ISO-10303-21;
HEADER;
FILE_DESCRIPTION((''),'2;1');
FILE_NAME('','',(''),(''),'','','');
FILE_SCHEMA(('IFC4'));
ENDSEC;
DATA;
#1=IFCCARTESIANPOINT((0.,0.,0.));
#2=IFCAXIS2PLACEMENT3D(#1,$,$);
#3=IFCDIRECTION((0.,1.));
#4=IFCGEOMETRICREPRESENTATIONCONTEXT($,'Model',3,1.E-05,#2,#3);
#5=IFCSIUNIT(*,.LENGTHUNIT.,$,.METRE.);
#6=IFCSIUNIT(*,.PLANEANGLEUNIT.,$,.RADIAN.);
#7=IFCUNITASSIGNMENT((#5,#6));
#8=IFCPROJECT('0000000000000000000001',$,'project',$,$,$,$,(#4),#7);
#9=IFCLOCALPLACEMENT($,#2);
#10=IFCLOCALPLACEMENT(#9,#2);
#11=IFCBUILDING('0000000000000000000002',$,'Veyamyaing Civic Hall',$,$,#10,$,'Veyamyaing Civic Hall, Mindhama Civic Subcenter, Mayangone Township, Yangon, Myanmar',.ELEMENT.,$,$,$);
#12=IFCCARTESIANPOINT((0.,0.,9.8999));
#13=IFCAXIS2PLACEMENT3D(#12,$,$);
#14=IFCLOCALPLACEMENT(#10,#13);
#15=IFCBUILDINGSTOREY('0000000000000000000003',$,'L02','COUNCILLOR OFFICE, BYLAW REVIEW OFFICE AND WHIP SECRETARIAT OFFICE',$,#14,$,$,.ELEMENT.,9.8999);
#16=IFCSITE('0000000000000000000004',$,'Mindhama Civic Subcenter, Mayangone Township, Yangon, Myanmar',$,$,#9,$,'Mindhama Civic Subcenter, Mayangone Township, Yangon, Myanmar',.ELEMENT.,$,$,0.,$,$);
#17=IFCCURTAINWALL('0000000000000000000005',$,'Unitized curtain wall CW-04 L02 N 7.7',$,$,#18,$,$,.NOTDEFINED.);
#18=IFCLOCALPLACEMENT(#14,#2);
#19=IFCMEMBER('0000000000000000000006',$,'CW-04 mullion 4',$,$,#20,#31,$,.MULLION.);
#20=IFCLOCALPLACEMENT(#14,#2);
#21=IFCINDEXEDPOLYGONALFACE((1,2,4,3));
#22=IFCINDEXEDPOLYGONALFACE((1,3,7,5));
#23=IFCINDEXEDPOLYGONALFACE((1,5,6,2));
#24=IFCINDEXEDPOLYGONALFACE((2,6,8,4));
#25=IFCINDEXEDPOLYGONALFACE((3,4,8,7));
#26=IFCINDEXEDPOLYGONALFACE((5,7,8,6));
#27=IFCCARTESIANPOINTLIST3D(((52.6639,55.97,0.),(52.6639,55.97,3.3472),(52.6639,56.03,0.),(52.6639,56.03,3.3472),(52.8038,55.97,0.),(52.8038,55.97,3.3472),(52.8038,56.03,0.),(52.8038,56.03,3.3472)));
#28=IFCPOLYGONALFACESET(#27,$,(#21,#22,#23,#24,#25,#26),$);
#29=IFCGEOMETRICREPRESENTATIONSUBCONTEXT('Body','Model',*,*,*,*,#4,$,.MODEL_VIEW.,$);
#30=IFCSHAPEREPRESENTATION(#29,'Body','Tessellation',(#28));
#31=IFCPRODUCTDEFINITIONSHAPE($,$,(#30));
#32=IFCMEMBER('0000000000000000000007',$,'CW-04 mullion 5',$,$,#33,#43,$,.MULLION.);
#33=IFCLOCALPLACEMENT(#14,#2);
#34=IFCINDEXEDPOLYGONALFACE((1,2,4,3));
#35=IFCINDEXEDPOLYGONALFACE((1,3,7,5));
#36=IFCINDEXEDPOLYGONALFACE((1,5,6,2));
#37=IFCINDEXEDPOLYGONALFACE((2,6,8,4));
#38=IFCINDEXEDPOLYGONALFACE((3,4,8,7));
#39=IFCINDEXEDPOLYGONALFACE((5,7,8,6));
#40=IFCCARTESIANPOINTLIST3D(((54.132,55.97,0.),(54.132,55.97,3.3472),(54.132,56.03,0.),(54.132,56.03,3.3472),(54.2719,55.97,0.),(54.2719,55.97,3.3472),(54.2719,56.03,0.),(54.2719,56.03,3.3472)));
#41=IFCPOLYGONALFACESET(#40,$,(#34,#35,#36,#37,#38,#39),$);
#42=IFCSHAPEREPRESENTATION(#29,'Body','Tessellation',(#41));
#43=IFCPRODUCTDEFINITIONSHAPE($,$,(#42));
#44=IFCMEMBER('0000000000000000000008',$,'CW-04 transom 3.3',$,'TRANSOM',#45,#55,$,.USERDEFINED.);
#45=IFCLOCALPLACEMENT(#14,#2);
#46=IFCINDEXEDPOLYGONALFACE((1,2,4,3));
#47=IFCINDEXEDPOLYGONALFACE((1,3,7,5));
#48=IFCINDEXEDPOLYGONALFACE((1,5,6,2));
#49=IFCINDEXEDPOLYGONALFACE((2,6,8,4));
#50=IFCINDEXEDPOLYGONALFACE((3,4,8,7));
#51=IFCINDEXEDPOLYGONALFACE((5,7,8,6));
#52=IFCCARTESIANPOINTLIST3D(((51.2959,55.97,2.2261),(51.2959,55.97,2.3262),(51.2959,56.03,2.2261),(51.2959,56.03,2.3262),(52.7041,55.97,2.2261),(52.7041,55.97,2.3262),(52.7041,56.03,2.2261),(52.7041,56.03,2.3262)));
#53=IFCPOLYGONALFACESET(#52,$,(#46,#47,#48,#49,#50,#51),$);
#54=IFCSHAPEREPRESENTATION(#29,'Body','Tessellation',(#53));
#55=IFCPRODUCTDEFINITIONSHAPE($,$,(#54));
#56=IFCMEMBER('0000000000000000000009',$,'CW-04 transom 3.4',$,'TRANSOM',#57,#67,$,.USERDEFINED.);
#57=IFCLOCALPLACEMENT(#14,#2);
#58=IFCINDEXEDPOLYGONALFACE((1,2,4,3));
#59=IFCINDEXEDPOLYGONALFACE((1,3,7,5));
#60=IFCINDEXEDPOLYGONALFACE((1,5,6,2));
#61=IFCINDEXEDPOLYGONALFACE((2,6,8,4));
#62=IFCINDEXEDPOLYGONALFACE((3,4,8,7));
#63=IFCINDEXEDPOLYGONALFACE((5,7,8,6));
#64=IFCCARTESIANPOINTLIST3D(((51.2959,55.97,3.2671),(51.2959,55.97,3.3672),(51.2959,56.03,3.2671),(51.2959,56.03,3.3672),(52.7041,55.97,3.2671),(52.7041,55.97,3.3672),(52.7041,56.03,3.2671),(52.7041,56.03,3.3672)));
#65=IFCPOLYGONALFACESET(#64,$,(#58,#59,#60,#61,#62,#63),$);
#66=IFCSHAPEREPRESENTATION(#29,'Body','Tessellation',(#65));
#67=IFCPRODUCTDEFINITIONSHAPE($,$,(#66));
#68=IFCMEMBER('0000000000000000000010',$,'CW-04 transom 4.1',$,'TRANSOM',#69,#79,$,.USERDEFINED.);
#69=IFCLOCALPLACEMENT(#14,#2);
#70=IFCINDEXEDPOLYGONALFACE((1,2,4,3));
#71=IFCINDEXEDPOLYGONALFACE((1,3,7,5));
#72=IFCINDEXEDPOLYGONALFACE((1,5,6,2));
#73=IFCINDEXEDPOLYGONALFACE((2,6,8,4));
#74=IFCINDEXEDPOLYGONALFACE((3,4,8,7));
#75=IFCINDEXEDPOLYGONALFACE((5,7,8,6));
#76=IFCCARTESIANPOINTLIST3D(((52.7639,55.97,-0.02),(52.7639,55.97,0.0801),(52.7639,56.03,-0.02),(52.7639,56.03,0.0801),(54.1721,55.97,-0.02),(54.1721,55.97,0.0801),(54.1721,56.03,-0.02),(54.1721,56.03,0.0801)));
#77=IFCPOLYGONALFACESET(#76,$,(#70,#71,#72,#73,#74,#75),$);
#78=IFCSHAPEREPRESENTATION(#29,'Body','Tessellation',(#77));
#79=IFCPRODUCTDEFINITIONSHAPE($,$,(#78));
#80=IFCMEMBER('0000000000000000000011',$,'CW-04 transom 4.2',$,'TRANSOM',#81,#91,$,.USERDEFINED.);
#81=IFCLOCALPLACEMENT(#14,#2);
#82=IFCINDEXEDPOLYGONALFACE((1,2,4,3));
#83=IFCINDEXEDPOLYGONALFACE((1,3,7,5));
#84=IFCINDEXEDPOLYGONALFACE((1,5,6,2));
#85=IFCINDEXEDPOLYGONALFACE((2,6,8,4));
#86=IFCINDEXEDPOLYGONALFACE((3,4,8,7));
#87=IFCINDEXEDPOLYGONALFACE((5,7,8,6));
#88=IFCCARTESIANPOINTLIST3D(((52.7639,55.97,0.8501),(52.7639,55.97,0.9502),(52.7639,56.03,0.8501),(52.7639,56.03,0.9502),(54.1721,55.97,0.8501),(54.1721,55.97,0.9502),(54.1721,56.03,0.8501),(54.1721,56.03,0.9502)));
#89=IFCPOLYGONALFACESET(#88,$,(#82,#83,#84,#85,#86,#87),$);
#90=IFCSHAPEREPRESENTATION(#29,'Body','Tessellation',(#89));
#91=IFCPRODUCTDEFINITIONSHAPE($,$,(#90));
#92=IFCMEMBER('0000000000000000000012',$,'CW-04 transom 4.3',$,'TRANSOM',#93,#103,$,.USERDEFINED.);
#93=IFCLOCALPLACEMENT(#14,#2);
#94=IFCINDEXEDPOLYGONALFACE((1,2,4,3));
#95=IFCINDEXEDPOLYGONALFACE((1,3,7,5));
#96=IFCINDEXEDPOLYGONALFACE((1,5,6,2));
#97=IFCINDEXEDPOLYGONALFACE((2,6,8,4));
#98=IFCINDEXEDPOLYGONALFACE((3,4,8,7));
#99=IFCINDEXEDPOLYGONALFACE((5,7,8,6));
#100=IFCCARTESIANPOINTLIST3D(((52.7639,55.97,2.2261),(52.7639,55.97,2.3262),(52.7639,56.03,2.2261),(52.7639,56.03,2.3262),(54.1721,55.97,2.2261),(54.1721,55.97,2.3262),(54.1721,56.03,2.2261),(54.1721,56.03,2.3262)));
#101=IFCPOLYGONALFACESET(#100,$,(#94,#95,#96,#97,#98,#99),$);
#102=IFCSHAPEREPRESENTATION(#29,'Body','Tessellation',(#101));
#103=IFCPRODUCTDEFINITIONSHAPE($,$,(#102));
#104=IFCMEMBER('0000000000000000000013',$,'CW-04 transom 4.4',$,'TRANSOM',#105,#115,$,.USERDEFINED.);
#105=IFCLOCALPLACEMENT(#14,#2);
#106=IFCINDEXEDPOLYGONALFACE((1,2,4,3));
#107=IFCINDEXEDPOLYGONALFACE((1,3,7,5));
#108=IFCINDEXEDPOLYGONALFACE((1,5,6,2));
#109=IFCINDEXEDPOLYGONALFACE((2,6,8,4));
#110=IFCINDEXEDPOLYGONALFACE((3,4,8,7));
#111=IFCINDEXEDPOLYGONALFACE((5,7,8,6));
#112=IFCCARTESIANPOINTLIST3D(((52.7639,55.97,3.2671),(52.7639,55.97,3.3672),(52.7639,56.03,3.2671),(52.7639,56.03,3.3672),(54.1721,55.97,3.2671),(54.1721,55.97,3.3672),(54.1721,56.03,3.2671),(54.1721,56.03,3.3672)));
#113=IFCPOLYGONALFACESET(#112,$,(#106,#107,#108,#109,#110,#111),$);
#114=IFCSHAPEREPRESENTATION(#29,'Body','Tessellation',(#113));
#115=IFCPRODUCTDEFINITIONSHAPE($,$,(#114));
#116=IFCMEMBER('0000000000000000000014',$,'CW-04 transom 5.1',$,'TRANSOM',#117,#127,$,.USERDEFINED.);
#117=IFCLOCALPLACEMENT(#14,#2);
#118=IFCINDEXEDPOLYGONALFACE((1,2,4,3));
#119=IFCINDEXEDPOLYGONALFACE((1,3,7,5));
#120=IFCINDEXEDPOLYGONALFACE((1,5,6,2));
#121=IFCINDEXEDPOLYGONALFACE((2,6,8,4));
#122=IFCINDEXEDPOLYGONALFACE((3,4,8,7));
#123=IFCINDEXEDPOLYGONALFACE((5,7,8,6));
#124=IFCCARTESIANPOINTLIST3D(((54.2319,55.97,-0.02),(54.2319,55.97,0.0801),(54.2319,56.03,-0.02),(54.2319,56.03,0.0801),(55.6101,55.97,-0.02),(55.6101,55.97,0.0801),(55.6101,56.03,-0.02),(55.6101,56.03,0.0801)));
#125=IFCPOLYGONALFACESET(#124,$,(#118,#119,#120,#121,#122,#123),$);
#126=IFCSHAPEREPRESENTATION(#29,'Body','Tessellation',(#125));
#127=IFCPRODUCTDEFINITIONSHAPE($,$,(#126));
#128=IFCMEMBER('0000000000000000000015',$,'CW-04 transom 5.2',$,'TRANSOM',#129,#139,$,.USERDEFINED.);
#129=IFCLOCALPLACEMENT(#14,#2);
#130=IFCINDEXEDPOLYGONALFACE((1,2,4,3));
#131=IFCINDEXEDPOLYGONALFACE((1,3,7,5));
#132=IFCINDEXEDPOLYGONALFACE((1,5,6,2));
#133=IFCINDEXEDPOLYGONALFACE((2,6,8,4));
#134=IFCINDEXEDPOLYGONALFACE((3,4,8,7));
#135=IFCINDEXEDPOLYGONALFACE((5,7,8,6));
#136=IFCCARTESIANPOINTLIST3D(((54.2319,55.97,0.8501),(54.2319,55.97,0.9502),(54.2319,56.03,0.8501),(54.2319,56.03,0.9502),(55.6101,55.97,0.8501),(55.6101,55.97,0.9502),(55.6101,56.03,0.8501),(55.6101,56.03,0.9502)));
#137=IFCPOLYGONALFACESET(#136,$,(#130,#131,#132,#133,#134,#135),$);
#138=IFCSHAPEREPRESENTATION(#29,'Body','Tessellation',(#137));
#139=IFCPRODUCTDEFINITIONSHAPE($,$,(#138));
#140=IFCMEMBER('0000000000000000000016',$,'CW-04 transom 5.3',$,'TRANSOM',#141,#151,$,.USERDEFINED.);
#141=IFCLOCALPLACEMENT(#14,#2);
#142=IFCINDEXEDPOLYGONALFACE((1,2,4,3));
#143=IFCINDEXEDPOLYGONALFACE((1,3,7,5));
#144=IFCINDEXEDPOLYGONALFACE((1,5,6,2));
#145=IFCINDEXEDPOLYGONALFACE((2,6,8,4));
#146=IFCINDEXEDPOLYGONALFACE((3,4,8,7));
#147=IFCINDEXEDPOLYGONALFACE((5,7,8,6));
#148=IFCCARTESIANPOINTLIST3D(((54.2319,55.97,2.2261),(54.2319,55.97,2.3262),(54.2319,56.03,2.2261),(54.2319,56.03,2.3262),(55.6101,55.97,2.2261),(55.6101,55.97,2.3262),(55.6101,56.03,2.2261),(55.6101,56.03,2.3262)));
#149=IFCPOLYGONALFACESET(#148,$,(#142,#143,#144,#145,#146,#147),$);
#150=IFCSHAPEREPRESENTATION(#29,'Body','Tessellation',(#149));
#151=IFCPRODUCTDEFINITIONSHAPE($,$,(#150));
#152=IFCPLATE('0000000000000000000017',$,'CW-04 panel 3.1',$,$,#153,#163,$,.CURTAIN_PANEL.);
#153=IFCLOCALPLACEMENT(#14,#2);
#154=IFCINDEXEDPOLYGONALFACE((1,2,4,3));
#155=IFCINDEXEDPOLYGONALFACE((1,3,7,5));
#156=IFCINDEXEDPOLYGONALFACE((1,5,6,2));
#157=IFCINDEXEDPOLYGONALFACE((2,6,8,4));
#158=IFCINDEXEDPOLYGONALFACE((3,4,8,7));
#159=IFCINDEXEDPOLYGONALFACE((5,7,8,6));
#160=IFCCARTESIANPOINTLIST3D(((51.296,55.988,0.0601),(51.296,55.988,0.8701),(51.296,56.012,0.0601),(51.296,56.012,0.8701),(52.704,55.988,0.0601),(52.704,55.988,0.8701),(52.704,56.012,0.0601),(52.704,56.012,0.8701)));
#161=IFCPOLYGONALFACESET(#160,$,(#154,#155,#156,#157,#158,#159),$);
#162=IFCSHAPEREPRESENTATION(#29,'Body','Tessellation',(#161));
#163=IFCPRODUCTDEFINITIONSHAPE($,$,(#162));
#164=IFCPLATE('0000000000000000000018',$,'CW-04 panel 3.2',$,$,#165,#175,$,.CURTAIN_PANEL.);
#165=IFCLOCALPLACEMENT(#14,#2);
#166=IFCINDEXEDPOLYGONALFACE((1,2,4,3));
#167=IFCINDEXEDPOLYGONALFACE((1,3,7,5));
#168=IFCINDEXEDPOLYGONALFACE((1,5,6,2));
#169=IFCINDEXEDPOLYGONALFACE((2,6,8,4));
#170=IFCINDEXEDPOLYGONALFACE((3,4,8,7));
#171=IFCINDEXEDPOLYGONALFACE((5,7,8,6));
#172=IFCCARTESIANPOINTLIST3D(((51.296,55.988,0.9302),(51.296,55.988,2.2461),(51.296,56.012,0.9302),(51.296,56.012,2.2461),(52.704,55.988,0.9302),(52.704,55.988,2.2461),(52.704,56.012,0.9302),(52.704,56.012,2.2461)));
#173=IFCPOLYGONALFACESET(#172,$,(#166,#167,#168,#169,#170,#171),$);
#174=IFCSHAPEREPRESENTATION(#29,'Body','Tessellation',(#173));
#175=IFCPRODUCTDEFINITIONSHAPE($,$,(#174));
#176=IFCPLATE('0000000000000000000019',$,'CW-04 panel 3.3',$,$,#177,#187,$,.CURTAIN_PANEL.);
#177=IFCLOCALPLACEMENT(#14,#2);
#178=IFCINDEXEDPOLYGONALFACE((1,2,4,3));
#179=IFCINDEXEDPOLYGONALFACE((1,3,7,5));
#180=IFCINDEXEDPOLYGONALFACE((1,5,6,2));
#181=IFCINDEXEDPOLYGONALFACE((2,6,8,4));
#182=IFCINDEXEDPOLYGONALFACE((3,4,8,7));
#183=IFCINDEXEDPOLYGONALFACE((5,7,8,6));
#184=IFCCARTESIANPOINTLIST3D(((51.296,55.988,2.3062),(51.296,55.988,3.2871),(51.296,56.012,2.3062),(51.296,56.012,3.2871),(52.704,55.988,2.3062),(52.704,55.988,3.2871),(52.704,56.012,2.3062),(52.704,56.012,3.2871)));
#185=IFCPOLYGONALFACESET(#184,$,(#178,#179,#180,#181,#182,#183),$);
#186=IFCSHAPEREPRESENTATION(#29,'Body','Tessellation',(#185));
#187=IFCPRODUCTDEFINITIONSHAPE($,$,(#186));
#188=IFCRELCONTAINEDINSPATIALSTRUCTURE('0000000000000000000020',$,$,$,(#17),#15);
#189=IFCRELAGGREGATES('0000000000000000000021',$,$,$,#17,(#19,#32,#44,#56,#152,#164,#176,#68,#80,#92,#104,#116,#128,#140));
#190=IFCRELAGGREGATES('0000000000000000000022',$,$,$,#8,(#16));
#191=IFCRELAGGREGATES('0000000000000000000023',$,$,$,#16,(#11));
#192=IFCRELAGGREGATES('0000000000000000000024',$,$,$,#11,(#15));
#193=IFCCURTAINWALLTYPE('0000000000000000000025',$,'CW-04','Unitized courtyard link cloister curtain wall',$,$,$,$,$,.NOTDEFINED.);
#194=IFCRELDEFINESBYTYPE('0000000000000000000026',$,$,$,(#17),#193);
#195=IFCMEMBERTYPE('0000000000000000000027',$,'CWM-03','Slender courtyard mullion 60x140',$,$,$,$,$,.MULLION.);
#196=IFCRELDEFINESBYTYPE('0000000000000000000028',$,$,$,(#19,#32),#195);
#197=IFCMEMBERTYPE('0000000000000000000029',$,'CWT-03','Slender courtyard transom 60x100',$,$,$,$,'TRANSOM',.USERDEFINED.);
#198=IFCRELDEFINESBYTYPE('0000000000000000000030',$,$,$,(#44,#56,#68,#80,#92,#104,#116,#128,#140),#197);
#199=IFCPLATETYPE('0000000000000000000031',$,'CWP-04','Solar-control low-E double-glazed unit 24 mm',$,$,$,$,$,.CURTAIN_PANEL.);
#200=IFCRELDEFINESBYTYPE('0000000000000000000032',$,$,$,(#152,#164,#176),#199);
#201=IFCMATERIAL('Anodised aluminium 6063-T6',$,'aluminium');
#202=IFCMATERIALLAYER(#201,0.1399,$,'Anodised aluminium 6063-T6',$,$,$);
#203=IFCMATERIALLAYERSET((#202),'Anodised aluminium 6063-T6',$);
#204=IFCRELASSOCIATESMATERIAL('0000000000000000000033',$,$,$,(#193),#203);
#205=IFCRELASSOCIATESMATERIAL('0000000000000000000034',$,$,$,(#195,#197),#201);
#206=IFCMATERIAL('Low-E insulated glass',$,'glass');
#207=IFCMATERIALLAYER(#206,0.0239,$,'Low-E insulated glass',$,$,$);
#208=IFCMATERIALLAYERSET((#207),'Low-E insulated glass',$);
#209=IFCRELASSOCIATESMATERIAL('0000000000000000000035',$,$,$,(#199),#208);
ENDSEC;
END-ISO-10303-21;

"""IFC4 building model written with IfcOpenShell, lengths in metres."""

from ifc_helpers import new_model, si_unit, direction, frame, origin, origin_2d, place, context, subcontext, project, spatial, rectangle, extrude, material, layer, layer_set, material_profile, profile_set, type_object, element, aggregate, save


model = new_model("IFC4")

# Units and contexts
model_context = context("Model", 3, precision=1e-05, world=origin(), true_north=direction((0.0, 1.0)))
body_context = subcontext(model_context, "Body", "Model", "MODEL_VIEW")
ifc_project = project(units=[si_unit("LENGTHUNIT", "METRE"), si_unit("PLANEANGLEUNIT", "RADIAN")], contexts=[model_context])

# Site, building, storey
site_placement = place(None, origin())
site = spatial("IfcSite", under=ifc_project, at=site_placement, Name="Mindhama Civic Subcenter, Mayangone Township, Yangon, Myanmar", LongName="Mindhama Civic Subcenter, Mayangone Township, Yangon, Myanmar", CompositionType="ELEMENT", RefElevation=0.0)
building_placement = place(site_placement, origin())
building = spatial("IfcBuilding", under=site, at=building_placement, Name="Veyamyaing Civic Hall", LongName="Veyamyaing Civic Hall, Mindhama Civic Subcenter, Mayangone Township, Yangon, Myanmar", CompositionType="ELEMENT")
storey_placement = place(building_placement, frame((0.0, 0.0, 9.8999)))
storey = spatial("IfcBuildingStorey", under=building, at=storey_placement, Name="L02", Description="COUNCILLOR OFFICE, BYLAW REVIEW OFFICE AND WHIP SECRETARIAT OFFICE", CompositionType="ELEMENT", Elevation=9.8999)

# Curtain wall, members, plates
ifc_material_1 = material(Name="Anodised aluminium 6063-T6", Category="aluminium")
ifc_layer_1 = layer(ifc_material_1, 0.1399, Name="Anodised aluminium 6063-T6")
ifc_layer_set_1 = layer_set([ifc_layer_1], Name="Anodised aluminium 6063-T6")
curtain_wall_type = type_object("IfcCurtainWallType", Name="CW-04", Description="Unitized courtyard link cloister curtain wall", PredefinedType="NOTDEFINED", material=ifc_layer_set_1)
curtain_wall_placement = place(storey_placement, origin())
curtain_wall = element("IfcCurtainWall", 1, at=curtain_wall_placement, inside=storey, type_object=curtain_wall_type, Name="Unitized curtain wall CW-04 L02 N 7.7", PredefinedType="NOTDEFINED")
ifc_material_profile_1 = material_profile(ifc_material_1, rectangle(XDim=0.0601, YDim=0.1399, at=origin_2d()), Name="ALU-MUL-60X140")
ifc_profile_set_1 = profile_set([ifc_material_profile_1], Name="Anodised aluminium 6063-T6")
member_type_1 = type_object("IfcMemberType", Name="CWM-03", Description="Slender courtyard mullion 60x140", PredefinedType="MULLION", material=ifc_profile_set_1)
member_1_placement = place(storey_placement, frame((52.7339, 56.0, 0.0), z_axis=(0.0, 0.0, 1.0), x_axis=(0.0, 1.0, 0.0)))
member_1 = element("IfcMember", 2, at=member_1_placement, type_object=member_type_1, Name="CW-04 mullion 4", PredefinedType="MULLION", context=body_context, shape_type="SweptSolid", body=[
    extrude(rectangle(XDim=0.0601, YDim=0.1399, at=origin_2d()), origin(), (0.0, 0.0, 1.0), 3.3472),
])
member_2_placement = place(storey_placement, frame((54.2019, 56.0, 0.0), z_axis=(0.0, 0.0, 1.0), x_axis=(0.0, 1.0, 0.0)))
member_2 = element("IfcMember", 3, at=member_2_placement, type_object=member_type_1, Name="CW-04 mullion 5", PredefinedType="MULLION", context=body_context, shape_type="SweptSolid", body=[
    extrude(rectangle(XDim=0.0601, YDim=0.1399, at=origin_2d()), origin(), (0.0, 0.0, 1.0), 3.3472),
])
ifc_material_profile_2 = material_profile(ifc_material_1, rectangle(XDim=0.0601, YDim=0.1001, at=origin_2d()), Name="ALU-TRN-60X100")
ifc_profile_set_2 = profile_set([ifc_material_profile_2], Name="Anodised aluminium 6063-T6")
member_type_2 = type_object("IfcMemberType", Name="CWT-03", Description="Slender courtyard transom 60x100", ElementType="TRANSOM", PredefinedType="USERDEFINED", material=ifc_profile_set_2)
member_3_placement = place(storey_placement, frame((51.2959, 56.0, 2.2761), z_axis=(1.0, 0.0, 0.0), x_axis=(0.0, 1.0, 0.0)))
member_3 = element("IfcMember", 4, at=member_3_placement, type_object=member_type_2, Name="CW-04 transom 3.3", ObjectType="TRANSOM", PredefinedType="USERDEFINED", context=body_context, shape_type="SweptSolid", body=[
    extrude(rectangle(XDim=0.0601, YDim=0.1001, at=origin_2d()), origin(), (0.0, 0.0, 1.0), 1.4082),
])
member_4_placement = place(storey_placement, frame((51.2959, 56.0, 3.3171), z_axis=(1.0, 0.0, 0.0), x_axis=(0.0, 1.0, 0.0)))
member_4 = element("IfcMember", 5, at=member_4_placement, type_object=member_type_2, Name="CW-04 transom 3.4", ObjectType="TRANSOM", PredefinedType="USERDEFINED", context=body_context, shape_type="SweptSolid", body=[
    extrude(rectangle(XDim=0.0601, YDim=0.1001, at=origin_2d()), origin(), (0.0, 0.0, 1.0), 1.4082),
])
member_5_placement = place(storey_placement, frame((52.7639, 56.0, 0.03), z_axis=(1.0, 0.0, 0.0), x_axis=(0.0, 1.0, 0.0)))
member_5 = element("IfcMember", 6, at=member_5_placement, type_object=member_type_2, Name="CW-04 transom 4.1", ObjectType="TRANSOM", PredefinedType="USERDEFINED", context=body_context, shape_type="SweptSolid", body=[
    extrude(rectangle(XDim=0.0601, YDim=0.1001, at=origin_2d()), origin(), (0.0, 0.0, 1.0), 1.4082),
])
member_6_placement = place(storey_placement, frame((52.7639, 56.0, 0.9001), z_axis=(1.0, 0.0, 0.0), x_axis=(0.0, 1.0, 0.0)))
member_6 = element("IfcMember", 7, at=member_6_placement, type_object=member_type_2, Name="CW-04 transom 4.2", ObjectType="TRANSOM", PredefinedType="USERDEFINED", context=body_context, shape_type="SweptSolid", body=[
    extrude(rectangle(XDim=0.0601, YDim=0.1001, at=origin_2d()), origin(), (0.0, 0.0, 1.0), 1.4082),
])
member_7_placement = place(storey_placement, frame((52.7639, 56.0, 2.2761), z_axis=(1.0, 0.0, 0.0), x_axis=(0.0, 1.0, 0.0)))
member_7 = element("IfcMember", 8, at=member_7_placement, type_object=member_type_2, Name="CW-04 transom 4.3", ObjectType="TRANSOM", PredefinedType="USERDEFINED", context=body_context, shape_type="SweptSolid", body=[
    extrude(rectangle(XDim=0.0601, YDim=0.1001, at=origin_2d()), origin(), (0.0, 0.0, 1.0), 1.4082),
])
member_8_placement = place(storey_placement, frame((52.7639, 56.0, 3.3171), z_axis=(1.0, 0.0, 0.0), x_axis=(0.0, 1.0, 0.0)))
member_8 = element("IfcMember", 9, at=member_8_placement, type_object=member_type_2, Name="CW-04 transom 4.4", ObjectType="TRANSOM", PredefinedType="USERDEFINED", context=body_context, shape_type="SweptSolid", body=[
    extrude(rectangle(XDim=0.0601, YDim=0.1001, at=origin_2d()), origin(), (0.0, 0.0, 1.0), 1.4082),
])
member_9_placement = place(storey_placement, frame((54.2319, 56.0, 0.03), z_axis=(1.0, 0.0, 0.0), x_axis=(0.0, 1.0, 0.0)))
member_9 = element("IfcMember", 10, at=member_9_placement, type_object=member_type_2, Name="CW-04 transom 5.1", ObjectType="TRANSOM", PredefinedType="USERDEFINED", context=body_context, shape_type="SweptSolid", body=[
    extrude(rectangle(XDim=0.0601, YDim=0.1001, at=origin_2d()), origin(), (0.0, 0.0, 1.0), 1.3782),
])
member_10_placement = place(storey_placement, frame((54.2319, 56.0, 0.9001), z_axis=(1.0, 0.0, 0.0), x_axis=(0.0, 1.0, 0.0)))
member_10 = element("IfcMember", 11, at=member_10_placement, type_object=member_type_2, Name="CW-04 transom 5.2", ObjectType="TRANSOM", PredefinedType="USERDEFINED", context=body_context, shape_type="SweptSolid", body=[
    extrude(rectangle(XDim=0.0601, YDim=0.1001, at=origin_2d()), origin(), (0.0, 0.0, 1.0), 1.3782),
])
member_11_placement = place(storey_placement, frame((54.2319, 56.0, 2.2761), z_axis=(1.0, 0.0, 0.0), x_axis=(0.0, 1.0, 0.0)))
member_11 = element("IfcMember", 12, at=member_11_placement, type_object=member_type_2, Name="CW-04 transom 5.3", ObjectType="TRANSOM", PredefinedType="USERDEFINED", context=body_context, shape_type="SweptSolid", body=[
    extrude(rectangle(XDim=0.0601, YDim=0.1001, at=origin_2d()), origin(), (0.0, 0.0, 1.0), 1.3782),
])
ifc_material_2 = material(Name="Low-E insulated glass", Category="glass")
ifc_layer_2 = layer(ifc_material_2, 0.0239, Name="Low-E insulated glass")
ifc_layer_set_2 = layer_set([ifc_layer_2], Name="Low-E insulated glass")
plate_type = type_object("IfcPlateType", Name="CWP-04", Description="Solar-control low-E double-glazed unit 24 mm", PredefinedType="CURTAIN_PANEL", material=ifc_layer_set_2)
plate_1_placement = place(storey_placement, frame((52.0, 56.0, 0.0601), z_axis=(0.0, 0.0, 1.0), x_axis=(1.0, 0.0, 0.0)))
plate_1 = element("IfcPlate", 13, at=plate_1_placement, type_object=plate_type, Name="CW-04 panel 3.1", PredefinedType="CURTAIN_PANEL", context=body_context, shape_type="SweptSolid", body=[
    extrude(rectangle(XDim=1.408, YDim=0.0239, at=origin_2d()), origin(), (0.0, 0.0, 1.0), 0.8101),
])
plate_2_placement = place(storey_placement, frame((52.0, 56.0, 0.9302), z_axis=(0.0, 0.0, 1.0), x_axis=(1.0, 0.0, 0.0)))
plate_2 = element("IfcPlate", 14, at=plate_2_placement, type_object=plate_type, Name="CW-04 panel 3.2", PredefinedType="CURTAIN_PANEL", context=body_context, shape_type="SweptSolid", body=[
    extrude(rectangle(XDim=1.408, YDim=0.0239, at=origin_2d()), origin(), (0.0, 0.0, 1.0), 1.3159),
])
plate_3_placement = place(storey_placement, frame((52.0, 56.0, 2.3062), z_axis=(0.0, 0.0, 1.0), x_axis=(1.0, 0.0, 0.0)))
plate_3 = element("IfcPlate", 15, at=plate_3_placement, type_object=plate_type, Name="CW-04 panel 3.3", PredefinedType="CURTAIN_PANEL", context=body_context, shape_type="SweptSolid", body=[
    extrude(rectangle(XDim=1.408, YDim=0.0239, at=origin_2d()), origin(), (0.0, 0.0, 1.0), 0.981),
])
aggregate(curtain_wall, [member_1, member_2, member_3, member_4, plate_1, plate_2, plate_3, member_5, member_6, member_7, member_8, member_9, member_10, member_11])

save(model, "model.ifc")
